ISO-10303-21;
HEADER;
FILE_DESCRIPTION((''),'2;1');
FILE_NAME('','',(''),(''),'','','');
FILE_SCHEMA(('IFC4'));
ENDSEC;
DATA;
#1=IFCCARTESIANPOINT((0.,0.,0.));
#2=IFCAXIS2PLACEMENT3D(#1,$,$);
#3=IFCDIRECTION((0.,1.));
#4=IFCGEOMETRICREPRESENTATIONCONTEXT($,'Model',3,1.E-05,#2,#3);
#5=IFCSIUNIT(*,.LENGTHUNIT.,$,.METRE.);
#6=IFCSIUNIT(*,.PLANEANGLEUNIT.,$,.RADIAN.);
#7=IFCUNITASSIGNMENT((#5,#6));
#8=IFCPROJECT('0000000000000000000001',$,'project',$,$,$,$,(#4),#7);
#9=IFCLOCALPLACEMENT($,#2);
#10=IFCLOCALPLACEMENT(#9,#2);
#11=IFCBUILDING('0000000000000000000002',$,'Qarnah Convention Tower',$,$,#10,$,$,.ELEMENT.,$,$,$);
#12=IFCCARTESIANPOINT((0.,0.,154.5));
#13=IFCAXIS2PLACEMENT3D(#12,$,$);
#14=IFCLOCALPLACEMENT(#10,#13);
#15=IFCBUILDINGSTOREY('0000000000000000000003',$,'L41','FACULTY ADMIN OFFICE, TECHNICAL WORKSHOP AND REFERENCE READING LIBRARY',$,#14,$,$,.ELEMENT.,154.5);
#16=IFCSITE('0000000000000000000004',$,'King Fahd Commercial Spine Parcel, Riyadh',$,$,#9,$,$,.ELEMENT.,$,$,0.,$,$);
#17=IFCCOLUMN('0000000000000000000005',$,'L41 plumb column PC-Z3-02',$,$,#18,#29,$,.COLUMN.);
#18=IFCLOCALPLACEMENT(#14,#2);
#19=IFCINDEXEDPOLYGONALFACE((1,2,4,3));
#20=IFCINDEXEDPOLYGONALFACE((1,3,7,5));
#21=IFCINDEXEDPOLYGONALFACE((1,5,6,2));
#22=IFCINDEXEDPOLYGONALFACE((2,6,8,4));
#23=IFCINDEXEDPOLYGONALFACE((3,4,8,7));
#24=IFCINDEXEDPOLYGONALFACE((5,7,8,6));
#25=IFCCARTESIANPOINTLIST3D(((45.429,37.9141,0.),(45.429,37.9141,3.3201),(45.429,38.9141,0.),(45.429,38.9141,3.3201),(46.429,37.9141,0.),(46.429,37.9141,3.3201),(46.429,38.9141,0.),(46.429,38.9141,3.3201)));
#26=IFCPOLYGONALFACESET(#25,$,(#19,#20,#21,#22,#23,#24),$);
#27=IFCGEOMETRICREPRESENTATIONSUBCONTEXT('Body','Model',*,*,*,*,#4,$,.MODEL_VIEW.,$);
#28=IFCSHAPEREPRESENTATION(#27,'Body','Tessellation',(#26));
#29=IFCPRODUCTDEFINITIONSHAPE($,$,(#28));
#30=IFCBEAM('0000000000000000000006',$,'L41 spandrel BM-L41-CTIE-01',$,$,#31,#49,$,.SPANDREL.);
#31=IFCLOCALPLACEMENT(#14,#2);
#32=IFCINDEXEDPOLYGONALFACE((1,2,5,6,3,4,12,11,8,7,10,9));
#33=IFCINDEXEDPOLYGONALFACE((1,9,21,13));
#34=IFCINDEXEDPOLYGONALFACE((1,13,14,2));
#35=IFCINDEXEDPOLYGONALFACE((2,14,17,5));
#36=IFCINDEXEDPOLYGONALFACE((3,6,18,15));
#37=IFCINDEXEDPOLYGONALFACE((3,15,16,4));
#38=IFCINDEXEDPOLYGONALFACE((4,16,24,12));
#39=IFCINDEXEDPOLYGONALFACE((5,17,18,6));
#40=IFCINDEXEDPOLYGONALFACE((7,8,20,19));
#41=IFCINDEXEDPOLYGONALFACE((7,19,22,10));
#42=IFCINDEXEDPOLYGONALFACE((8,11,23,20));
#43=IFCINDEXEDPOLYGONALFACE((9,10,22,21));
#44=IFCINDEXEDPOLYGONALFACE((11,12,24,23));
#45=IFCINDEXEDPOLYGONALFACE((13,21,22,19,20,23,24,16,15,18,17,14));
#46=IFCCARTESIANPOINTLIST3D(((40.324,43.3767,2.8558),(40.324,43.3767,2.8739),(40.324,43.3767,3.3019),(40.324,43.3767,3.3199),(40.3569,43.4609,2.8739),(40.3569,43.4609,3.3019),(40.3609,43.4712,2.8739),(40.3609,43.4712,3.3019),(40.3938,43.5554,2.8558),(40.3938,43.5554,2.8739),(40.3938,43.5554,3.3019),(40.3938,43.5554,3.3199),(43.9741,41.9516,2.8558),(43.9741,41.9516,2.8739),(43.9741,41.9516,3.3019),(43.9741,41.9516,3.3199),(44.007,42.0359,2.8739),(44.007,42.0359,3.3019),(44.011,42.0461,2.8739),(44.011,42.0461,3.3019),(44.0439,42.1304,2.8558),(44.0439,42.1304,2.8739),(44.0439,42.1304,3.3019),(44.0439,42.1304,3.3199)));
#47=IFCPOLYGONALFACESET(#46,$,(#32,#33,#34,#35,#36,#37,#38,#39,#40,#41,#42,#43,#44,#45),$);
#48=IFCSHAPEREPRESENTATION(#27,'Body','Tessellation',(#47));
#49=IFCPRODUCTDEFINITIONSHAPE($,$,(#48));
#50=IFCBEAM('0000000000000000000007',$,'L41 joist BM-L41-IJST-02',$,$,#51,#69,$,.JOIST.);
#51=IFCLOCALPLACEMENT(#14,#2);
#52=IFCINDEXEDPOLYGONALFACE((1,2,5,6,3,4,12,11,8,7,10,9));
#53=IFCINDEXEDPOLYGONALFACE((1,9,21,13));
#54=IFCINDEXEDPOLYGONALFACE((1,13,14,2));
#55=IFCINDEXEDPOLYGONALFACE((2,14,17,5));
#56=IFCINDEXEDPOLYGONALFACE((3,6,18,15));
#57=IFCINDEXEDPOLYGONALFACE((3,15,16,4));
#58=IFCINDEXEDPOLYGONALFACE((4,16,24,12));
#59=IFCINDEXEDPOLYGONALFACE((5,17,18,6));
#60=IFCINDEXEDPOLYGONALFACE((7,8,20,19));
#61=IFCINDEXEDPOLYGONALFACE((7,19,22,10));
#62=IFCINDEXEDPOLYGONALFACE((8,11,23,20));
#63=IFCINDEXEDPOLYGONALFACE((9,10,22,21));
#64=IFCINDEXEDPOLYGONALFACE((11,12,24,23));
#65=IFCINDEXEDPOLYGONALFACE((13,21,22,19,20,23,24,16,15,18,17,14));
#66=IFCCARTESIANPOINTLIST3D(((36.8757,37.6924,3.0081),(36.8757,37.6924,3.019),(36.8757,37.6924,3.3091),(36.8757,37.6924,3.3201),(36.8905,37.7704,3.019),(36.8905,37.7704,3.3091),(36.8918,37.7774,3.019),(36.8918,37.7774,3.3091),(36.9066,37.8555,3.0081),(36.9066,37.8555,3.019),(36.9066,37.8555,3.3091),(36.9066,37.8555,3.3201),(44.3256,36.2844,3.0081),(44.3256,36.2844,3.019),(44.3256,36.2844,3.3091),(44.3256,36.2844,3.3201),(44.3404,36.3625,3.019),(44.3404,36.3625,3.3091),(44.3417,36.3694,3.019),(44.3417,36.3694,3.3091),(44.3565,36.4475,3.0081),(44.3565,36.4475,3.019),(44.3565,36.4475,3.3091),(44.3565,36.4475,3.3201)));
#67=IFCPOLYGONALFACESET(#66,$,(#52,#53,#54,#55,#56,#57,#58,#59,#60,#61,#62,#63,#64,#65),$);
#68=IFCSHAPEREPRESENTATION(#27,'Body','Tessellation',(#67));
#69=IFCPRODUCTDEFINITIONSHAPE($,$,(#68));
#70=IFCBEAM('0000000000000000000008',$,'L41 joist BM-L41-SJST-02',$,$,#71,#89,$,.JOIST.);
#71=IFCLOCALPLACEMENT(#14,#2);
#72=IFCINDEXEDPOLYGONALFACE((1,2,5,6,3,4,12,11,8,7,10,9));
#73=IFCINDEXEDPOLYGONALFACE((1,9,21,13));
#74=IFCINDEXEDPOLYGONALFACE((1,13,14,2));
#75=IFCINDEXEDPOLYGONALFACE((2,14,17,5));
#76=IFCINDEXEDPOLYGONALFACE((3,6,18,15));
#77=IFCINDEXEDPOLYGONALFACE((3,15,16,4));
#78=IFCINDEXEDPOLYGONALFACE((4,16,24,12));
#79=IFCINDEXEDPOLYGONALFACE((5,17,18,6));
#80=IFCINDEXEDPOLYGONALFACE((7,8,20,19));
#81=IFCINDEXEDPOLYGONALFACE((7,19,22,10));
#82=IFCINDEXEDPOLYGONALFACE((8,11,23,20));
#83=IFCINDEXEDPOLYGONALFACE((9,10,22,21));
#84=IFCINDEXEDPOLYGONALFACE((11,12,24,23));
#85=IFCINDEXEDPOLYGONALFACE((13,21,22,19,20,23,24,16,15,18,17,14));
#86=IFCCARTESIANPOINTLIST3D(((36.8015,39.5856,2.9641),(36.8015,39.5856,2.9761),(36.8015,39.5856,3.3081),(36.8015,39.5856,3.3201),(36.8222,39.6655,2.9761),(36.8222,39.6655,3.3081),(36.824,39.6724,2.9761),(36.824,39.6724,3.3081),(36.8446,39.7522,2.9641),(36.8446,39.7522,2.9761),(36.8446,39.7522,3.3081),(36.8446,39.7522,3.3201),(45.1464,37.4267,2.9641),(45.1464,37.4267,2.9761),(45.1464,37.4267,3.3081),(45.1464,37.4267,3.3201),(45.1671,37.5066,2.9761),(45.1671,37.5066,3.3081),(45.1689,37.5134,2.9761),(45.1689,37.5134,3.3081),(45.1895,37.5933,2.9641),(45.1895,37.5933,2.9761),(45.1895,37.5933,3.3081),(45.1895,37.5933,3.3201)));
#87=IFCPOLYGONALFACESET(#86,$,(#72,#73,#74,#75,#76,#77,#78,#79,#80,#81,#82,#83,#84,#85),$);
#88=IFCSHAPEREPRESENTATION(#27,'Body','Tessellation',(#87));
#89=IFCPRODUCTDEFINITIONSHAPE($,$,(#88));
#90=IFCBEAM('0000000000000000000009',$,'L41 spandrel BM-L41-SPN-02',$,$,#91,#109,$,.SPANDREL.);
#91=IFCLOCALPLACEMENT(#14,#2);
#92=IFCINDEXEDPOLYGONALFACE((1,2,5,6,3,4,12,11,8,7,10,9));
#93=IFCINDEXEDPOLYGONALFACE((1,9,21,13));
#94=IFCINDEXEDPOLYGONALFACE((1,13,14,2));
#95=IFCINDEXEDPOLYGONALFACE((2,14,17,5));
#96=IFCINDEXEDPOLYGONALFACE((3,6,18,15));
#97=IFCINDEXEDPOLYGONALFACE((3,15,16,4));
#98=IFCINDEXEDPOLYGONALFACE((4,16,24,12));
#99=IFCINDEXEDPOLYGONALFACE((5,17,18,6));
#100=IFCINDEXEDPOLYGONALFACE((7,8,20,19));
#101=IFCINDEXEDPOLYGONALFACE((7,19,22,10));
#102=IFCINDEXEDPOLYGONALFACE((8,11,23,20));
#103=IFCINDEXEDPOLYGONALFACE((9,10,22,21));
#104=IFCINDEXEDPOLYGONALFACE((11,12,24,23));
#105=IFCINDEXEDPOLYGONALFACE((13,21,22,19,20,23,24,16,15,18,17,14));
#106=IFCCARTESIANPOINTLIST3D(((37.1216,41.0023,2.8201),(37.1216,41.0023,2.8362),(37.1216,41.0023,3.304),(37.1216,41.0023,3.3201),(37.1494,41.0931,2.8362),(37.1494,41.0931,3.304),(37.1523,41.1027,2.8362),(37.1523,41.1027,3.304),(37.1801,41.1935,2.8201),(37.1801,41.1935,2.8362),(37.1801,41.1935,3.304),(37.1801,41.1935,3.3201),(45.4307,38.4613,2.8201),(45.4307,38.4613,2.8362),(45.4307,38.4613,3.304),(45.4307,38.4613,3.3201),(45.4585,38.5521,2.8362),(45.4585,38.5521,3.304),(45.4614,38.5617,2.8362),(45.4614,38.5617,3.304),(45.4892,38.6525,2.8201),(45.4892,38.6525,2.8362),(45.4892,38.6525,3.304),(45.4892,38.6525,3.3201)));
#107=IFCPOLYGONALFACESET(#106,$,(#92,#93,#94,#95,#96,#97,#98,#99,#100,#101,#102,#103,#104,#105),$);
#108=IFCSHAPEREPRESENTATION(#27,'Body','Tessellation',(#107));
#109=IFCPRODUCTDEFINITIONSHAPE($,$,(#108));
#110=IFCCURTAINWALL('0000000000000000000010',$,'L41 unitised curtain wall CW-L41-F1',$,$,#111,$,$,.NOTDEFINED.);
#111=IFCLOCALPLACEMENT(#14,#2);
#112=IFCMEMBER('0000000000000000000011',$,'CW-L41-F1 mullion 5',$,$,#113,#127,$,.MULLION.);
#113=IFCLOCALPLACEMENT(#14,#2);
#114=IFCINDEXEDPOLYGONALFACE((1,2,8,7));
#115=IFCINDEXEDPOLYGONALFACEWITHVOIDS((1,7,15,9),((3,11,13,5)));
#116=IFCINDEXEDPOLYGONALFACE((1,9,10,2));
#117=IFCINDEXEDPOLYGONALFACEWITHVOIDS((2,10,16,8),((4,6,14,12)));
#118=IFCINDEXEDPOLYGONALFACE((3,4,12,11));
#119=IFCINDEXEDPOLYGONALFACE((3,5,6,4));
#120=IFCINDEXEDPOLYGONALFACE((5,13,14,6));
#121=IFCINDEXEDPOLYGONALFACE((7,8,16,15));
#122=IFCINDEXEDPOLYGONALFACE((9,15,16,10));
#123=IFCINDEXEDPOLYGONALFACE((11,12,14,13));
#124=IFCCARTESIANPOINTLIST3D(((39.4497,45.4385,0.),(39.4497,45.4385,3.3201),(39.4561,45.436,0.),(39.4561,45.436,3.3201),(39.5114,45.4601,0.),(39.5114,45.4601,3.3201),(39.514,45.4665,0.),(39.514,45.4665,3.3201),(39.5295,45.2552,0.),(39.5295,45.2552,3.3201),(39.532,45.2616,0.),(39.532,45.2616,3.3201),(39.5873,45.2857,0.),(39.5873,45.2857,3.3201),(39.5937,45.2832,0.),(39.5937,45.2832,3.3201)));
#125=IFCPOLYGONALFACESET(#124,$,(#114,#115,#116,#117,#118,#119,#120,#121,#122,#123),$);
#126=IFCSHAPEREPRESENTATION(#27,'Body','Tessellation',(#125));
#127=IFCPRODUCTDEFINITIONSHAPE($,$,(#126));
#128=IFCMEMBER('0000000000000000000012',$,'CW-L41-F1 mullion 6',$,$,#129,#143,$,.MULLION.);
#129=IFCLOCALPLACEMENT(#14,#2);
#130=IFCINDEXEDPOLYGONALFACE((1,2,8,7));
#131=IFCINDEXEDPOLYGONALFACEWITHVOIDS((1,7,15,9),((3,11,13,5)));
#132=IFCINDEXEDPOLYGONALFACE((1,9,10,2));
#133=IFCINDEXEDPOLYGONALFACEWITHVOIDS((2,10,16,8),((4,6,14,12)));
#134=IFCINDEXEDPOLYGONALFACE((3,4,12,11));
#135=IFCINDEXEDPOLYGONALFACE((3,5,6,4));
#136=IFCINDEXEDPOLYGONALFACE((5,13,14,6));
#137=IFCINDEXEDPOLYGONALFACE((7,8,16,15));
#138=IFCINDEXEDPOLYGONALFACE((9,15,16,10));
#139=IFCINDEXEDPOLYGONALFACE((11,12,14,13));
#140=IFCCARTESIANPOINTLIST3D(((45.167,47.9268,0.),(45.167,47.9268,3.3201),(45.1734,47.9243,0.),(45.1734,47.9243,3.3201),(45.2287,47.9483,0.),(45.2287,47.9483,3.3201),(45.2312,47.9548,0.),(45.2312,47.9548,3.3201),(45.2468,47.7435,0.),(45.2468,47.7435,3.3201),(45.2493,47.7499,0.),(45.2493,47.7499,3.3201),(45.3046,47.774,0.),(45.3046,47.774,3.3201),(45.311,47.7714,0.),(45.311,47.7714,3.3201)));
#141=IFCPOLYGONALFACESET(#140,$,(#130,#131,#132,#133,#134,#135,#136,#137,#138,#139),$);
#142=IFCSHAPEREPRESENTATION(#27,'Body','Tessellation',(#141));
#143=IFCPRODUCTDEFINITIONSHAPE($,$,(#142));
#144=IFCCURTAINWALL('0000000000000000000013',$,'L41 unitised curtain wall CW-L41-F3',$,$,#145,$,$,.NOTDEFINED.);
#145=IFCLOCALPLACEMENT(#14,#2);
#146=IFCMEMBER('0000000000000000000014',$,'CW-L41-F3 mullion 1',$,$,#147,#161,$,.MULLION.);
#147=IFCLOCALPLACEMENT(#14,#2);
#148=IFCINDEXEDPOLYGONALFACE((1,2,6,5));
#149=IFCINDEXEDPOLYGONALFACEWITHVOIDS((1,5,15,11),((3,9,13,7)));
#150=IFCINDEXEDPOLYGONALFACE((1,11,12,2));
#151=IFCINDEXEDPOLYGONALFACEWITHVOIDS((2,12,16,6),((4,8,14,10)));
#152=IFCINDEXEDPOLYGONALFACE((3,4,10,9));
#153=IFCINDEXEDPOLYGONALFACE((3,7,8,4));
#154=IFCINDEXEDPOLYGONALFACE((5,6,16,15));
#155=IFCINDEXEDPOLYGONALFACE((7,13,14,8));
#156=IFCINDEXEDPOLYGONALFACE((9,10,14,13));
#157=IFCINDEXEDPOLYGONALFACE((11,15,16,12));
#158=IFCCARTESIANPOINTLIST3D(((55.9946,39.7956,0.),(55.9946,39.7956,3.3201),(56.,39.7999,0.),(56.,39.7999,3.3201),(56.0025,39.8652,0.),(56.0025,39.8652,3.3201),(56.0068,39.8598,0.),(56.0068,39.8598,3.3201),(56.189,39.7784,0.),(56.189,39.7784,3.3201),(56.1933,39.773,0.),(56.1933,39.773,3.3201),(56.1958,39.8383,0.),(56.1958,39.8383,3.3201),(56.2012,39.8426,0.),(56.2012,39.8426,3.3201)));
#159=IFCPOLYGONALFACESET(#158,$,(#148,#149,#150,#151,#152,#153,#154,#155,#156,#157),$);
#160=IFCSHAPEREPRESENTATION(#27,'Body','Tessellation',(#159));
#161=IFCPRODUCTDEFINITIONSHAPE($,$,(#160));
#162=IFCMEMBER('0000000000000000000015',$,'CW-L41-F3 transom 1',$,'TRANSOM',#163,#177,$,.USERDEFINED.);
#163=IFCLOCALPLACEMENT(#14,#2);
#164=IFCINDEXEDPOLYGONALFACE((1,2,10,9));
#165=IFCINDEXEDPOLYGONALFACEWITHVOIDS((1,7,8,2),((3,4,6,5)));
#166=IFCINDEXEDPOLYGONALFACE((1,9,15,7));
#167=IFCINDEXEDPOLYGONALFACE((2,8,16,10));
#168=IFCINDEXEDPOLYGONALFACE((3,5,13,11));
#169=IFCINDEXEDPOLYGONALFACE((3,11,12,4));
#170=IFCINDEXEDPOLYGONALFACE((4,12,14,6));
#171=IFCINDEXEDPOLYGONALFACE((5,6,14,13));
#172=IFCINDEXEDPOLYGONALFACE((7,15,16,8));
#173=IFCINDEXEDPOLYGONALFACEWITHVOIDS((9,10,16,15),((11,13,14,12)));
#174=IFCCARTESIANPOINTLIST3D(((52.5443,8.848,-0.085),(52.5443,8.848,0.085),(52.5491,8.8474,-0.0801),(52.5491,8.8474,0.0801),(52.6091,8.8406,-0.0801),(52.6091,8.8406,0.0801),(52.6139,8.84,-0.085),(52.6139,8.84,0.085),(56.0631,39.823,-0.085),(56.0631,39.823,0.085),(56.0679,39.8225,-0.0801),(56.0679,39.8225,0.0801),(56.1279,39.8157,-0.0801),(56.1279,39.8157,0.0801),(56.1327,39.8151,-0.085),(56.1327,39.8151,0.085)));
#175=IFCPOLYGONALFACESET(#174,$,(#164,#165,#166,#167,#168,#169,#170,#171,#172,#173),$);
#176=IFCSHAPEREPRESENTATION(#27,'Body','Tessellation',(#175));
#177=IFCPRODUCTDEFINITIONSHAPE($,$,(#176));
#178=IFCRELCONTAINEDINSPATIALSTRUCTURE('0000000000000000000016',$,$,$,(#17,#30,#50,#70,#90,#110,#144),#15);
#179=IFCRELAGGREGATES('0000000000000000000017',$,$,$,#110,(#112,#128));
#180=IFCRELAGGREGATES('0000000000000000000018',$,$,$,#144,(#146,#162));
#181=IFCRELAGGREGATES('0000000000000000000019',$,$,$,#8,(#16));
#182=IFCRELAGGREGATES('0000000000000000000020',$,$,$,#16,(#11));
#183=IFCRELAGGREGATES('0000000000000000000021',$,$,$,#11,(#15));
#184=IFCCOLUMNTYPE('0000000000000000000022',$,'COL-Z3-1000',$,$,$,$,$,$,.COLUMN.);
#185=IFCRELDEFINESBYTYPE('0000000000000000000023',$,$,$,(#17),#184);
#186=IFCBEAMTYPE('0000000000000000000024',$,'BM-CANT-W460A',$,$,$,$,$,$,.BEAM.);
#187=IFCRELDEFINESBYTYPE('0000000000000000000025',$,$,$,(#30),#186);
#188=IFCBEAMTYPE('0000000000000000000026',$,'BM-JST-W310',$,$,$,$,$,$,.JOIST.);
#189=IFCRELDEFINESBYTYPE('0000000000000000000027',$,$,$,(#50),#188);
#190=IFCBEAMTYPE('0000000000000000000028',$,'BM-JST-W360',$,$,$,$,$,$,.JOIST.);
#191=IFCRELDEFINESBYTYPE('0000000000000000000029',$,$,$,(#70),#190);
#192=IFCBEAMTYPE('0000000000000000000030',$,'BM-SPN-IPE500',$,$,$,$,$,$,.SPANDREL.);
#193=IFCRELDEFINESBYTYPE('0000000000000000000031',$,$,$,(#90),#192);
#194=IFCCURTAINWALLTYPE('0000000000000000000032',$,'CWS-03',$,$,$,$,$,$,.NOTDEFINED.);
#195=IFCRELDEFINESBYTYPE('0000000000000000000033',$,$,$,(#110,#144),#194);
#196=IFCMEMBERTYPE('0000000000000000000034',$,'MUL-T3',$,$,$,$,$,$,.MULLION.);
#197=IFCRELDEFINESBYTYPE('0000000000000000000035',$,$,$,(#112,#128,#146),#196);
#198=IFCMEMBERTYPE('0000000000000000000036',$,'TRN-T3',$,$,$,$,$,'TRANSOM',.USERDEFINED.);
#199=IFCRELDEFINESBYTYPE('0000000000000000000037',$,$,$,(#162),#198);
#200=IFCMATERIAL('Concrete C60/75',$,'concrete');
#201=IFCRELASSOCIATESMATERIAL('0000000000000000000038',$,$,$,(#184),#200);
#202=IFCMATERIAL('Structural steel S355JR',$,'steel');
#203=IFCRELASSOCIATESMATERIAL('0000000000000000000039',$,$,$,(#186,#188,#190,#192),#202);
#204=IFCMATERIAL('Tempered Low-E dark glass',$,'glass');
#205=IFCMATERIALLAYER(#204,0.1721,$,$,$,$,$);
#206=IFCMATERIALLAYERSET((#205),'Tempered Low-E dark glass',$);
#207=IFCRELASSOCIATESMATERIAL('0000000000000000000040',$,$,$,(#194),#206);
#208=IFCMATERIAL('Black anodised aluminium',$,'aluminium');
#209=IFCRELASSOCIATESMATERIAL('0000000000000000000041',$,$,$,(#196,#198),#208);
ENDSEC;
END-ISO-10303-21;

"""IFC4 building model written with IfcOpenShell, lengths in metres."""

from ifc_helpers import new_model, si_unit, direction, frame, origin, origin_2d, place, context, subcontext, project, spatial, rectangle, hollow_rectangle, i_section, extrude, material, layer, layer_set, material_profile, profile_set, type_object, element, aggregate, save


model = new_model("IFC4")

# Units and contexts
model_context = context("Model", 3, precision=1e-05, world=origin(), true_north=direction((0.0, 1.0)))
body_context = subcontext(model_context, "Body", "Model", "MODEL_VIEW")
ifc_project = project(units=[si_unit("LENGTHUNIT", "METRE"), si_unit("PLANEANGLEUNIT", "RADIAN")], contexts=[model_context])

# Site, building, storey
site_placement = place(None, origin())
site = spatial("IfcSite", under=ifc_project, at=site_placement, Name="King Fahd Commercial Spine Parcel, Riyadh", CompositionType="ELEMENT", RefElevation=0.0)
building_placement = place(site_placement, origin())
building = spatial("IfcBuilding", under=site, at=building_placement, Name="Qarnah Convention Tower", CompositionType="ELEMENT")
storey_placement = place(building_placement, frame((0.0, 0.0, 154.5)))
storey = spatial("IfcBuildingStorey", under=building, at=storey_placement, Name="L41", Description="FACULTY ADMIN OFFICE, TECHNICAL WORKSHOP AND REFERENCE READING LIBRARY", CompositionType="ELEMENT", Elevation=154.5)

# Column
ifc_material_1 = material(Name="Concrete C60/75", Category="concrete")
ifc_material_profile_1 = material_profile(ifc_material_1, rectangle(XDim=1.0, YDim=1.0, at=origin_2d()), Name="RC-COL-1000X1000")
ifc_profile_set_1 = profile_set([ifc_material_profile_1], Name="Concrete C60/75")
column_type = type_object("IfcColumnType", Name="COL-Z3-1000", PredefinedType="COLUMN", material=ifc_profile_set_1)
column_placement = place(storey_placement, frame((45.929, 38.4141, 0.0), z_axis=(0.0, 0.0, 1.0), x_axis=(1.0, 0.0, 0.0)))
element("IfcColumn", 1, at=column_placement, inside=storey, type_object=column_type, Name="L41 plumb column PC-Z3-02", PredefinedType="COLUMN", context=body_context, shape_type="SweptSolid", body=[
    extrude(rectangle(XDim=1.0, YDim=1.0, at=origin_2d()), origin(), (0.0, 0.0, 1.0), 3.3201),
])

# Beams
ifc_material_2 = material(Name="Structural steel S355JR", Category="steel")
ifc_material_profile_2 = material_profile(ifc_material_2, i_section(OverallWidth=0.1919, OverallDepth=0.4641, WebThickness=0.011, FlangeThickness=0.0181, at=origin_2d()), Name="W460X89")
ifc_profile_set_2 = profile_set([ifc_material_profile_2], Name="Structural steel S355JR")
beam_type_1 = type_object("IfcBeamType", Name="BM-CANT-W460A", PredefinedType="BEAM", material=ifc_profile_set_2)
beam_1_placement = place(storey_placement, frame((44.009, 42.041, 3.0879), z_axis=(-0.931526, 0.363676, 0.0), x_axis=(-0.363676, -0.931526, 0.0)))
element("IfcBeam", 2, at=beam_1_placement, inside=storey, type_object=beam_type_1, Name="L41 spandrel BM-L41-CTIE-01", PredefinedType="SPANDREL", context=body_context, shape_type="SweptSolid", body=[
    extrude(i_section(OverallWidth=0.1919, OverallDepth=0.4641, WebThickness=0.011, FlangeThickness=0.0181, at=origin_2d()), origin(), (0.0, 0.0, 1.0), 3.9185),
])
ifc_material_profile_3 = material_profile(ifc_material_2, i_section(OverallWidth=0.166, OverallDepth=0.312, WebThickness=0.0071, FlangeThickness=0.011, at=origin_2d()), Name="W310X45")
ifc_profile_set_3 = profile_set([ifc_material_profile_3], Name="Structural steel S355JR")
beam_type_2 = type_object("IfcBeamType", Name="BM-JST-W310", PredefinedType="JOIST", material=ifc_profile_set_3)
beam_2_placement = place(storey_placement, frame((44.3411, 36.366, 3.1641), z_axis=(-0.982606, 0.185702, 0.0), x_axis=(-0.185702, -0.982606, 0.0)))
element("IfcBeam", 3, at=beam_2_placement, inside=storey, type_object=beam_type_2, Name="L41 joist BM-L41-IJST-02", PredefinedType="JOIST", context=body_context, shape_type="SweptSolid", body=[
    extrude(i_section(OverallWidth=0.166, OverallDepth=0.312, WebThickness=0.0071, FlangeThickness=0.011, at=origin_2d()), origin(), (0.0, 0.0, 1.0), 7.5818),
])
ifc_material_profile_4 = material_profile(ifc_material_2, i_section(OverallWidth=0.1721, OverallDepth=0.356, WebThickness=0.0071, FlangeThickness=0.012, at=origin_2d()), Name="W360X51")
ifc_profile_set_4 = profile_set([ifc_material_profile_4], Name="Structural steel S355JR")
beam_type_3 = type_object("IfcBeamType", Name="BM-JST-W360", PredefinedType="JOIST", material=ifc_profile_set_4)
beam_3_placement = place(storey_placement, frame((45.168, 37.51, 3.1421), z_axis=(-0.968126, 0.250465, 0.0), x_axis=(-0.250465, -0.968126, 0.0)))
element("IfcBeam", 4, at=beam_3_placement, inside=storey, type_object=beam_type_3, Name="L41 joist BM-L41-SJST-02", PredefinedType="JOIST", context=body_context, shape_type="SweptSolid", body=[
    extrude(i_section(OverallWidth=0.1721, OverallDepth=0.356, WebThickness=0.0071, FlangeThickness=0.012, at=origin_2d()), origin(), (0.0, 0.0, 1.0), 8.6196),
])
ifc_material_profile_5 = material_profile(ifc_material_2, i_section(OverallWidth=0.2, OverallDepth=0.5, WebThickness=0.01, FlangeThickness=0.0161, at=origin_2d()), Name="IPE500")
ifc_profile_set_5 = profile_set([ifc_material_profile_5], Name="Structural steel S355JR")
beam_type_4 = type_object("IfcBeamType", Name="BM-SPN-IPE500", PredefinedType="SPANDREL", material=ifc_profile_set_5)
beam_4_placement = place(storey_placement, frame((45.46, 38.5569, 3.0701), z_axis=(-0.956283, 0.292443, 0.0), x_axis=(-0.292443, -0.956283, 0.0)))
element("IfcBeam", 5, at=beam_4_placement, inside=storey, type_object=beam_type_4, Name="L41 spandrel BM-L41-SPN-02", PredefinedType="SPANDREL", context=body_context, shape_type="SweptSolid", body=[
    extrude(i_section(OverallWidth=0.2, OverallDepth=0.5, WebThickness=0.01, FlangeThickness=0.0161, at=origin_2d()), origin(), (0.0, 0.0, 1.0), 8.689),
])

# Curtain walls, members
ifc_material_3 = material(Name="Tempered Low-E dark glass", Category="glass")
ifc_layer_1 = layer(ifc_material_3, 0.1721)
ifc_layer_set_1 = layer_set([ifc_layer_1], Name="Tempered Low-E dark glass")
curtain_wall_type = type_object("IfcCurtainWallType", Name="CWS-03", PredefinedType="NOTDEFINED", material=ifc_layer_set_1)
curtain_wall_1_placement = place(storey_placement, origin())
curtain_wall_1 = element("IfcCurtainWall", 6, at=curtain_wall_1_placement, inside=storey, type_object=curtain_wall_type, Name="L41 unitised curtain wall CW-L41-F1", PredefinedType="NOTDEFINED")
ifc_material_4 = material(Name="Black anodised aluminium", Category="aluminium")
ifc_material_profile_6 = material_profile(ifc_material_4, hollow_rectangle(XDim=0.0701, YDim=0.2, WallThickness=0.0049, at=origin_2d()), Name="MUL-70X200")
ifc_profile_set_6 = profile_set([ifc_material_profile_6], Name="Black anodised aluminium")
member_type_1 = type_object("IfcMemberType", Name="MUL-T3", PredefinedType="MULLION", material=ifc_profile_set_6)
member_1_placement = place(storey_placement, frame((39.5217, 45.3608, 0.0), z_axis=(0.0, 0.0, 1.0), x_axis=(0.916926, 0.399058, 0.0)))
member_1 = element("IfcMember", 7, at=member_1_placement, type_object=member_type_1, Name="CW-L41-F1 mullion 5", PredefinedType="MULLION", context=body_context, shape_type="SweptSolid", body=[
    extrude(hollow_rectangle(XDim=0.0701, YDim=0.2, WallThickness=0.0049, at=origin_2d()), origin(), (0.0, 0.0, 1.0), 3.3201),
])
member_2_placement = place(storey_placement, frame((45.239, 47.8491, 0.0), z_axis=(0.0, 0.0, 1.0), x_axis=(0.916926, 0.399058, 0.0)))
member_2 = element("IfcMember", 8, at=member_2_placement, type_object=member_type_1, Name="CW-L41-F1 mullion 6", PredefinedType="MULLION", context=body_context, shape_type="SweptSolid", body=[
    extrude(hollow_rectangle(XDim=0.0701, YDim=0.2, WallThickness=0.0049, at=origin_2d()), origin(), (0.0, 0.0, 1.0), 3.3201),
])
curtain_wall_2_placement = place(storey_placement, origin())
curtain_wall_2 = element("IfcCurtainWall", 9, at=curtain_wall_2_placement, inside=storey, type_object=curtain_wall_type, Name="L41 unitised curtain wall CW-L41-F3", PredefinedType="NOTDEFINED")
member_3_placement = place(storey_placement, frame((56.0979, 39.8191, 0.0), z_axis=(0.0, 0.0, 1.0), x_axis=(-0.112882, -0.993608, 0.0)))
member_3 = element("IfcMember", 10, at=member_3_placement, type_object=member_type_1, Name="CW-L41-F3 mullion 1", PredefinedType="MULLION", context=body_context, shape_type="SweptSolid", body=[
    extrude(hollow_rectangle(XDim=0.0701, YDim=0.2, WallThickness=0.0049, at=origin_2d()), origin(), (0.0, 0.0, 1.0), 3.3201),
])
ifc_material_profile_7 = material_profile(ifc_material_4, hollow_rectangle(XDim=0.0701, YDim=0.1699, WallThickness=0.0049, at=origin_2d()), Name="TRN-70X170")
ifc_profile_set_7 = profile_set([ifc_material_profile_7], Name="Black anodised aluminium")
member_type_2 = type_object("IfcMemberType", Name="TRN-T3", ElementType="TRANSOM", PredefinedType="USERDEFINED", material=ifc_profile_set_7)
member_4_placement = place(storey_placement, frame((56.0979, 39.8191, 0.0), z_axis=(-0.112875, -0.993609, 0.0), x_axis=(0.993609, -0.112875, 0.0)))
member_4 = element("IfcMember", 11, at=member_4_placement, type_object=member_type_2, Name="CW-L41-F3 transom 1", ObjectType="TRANSOM", PredefinedType="USERDEFINED", context=body_context, shape_type="SweptSolid", body=[
    extrude(hollow_rectangle(XDim=0.0701, YDim=0.1699, WallThickness=0.0049, at=origin_2d()), origin(), (0.0, 0.0, 1.0), 31.1743),
])

aggregate(curtain_wall_1, [member_1, member_2])
aggregate(curtain_wall_2, [member_3, member_4])

save(model, "model.ifc")
